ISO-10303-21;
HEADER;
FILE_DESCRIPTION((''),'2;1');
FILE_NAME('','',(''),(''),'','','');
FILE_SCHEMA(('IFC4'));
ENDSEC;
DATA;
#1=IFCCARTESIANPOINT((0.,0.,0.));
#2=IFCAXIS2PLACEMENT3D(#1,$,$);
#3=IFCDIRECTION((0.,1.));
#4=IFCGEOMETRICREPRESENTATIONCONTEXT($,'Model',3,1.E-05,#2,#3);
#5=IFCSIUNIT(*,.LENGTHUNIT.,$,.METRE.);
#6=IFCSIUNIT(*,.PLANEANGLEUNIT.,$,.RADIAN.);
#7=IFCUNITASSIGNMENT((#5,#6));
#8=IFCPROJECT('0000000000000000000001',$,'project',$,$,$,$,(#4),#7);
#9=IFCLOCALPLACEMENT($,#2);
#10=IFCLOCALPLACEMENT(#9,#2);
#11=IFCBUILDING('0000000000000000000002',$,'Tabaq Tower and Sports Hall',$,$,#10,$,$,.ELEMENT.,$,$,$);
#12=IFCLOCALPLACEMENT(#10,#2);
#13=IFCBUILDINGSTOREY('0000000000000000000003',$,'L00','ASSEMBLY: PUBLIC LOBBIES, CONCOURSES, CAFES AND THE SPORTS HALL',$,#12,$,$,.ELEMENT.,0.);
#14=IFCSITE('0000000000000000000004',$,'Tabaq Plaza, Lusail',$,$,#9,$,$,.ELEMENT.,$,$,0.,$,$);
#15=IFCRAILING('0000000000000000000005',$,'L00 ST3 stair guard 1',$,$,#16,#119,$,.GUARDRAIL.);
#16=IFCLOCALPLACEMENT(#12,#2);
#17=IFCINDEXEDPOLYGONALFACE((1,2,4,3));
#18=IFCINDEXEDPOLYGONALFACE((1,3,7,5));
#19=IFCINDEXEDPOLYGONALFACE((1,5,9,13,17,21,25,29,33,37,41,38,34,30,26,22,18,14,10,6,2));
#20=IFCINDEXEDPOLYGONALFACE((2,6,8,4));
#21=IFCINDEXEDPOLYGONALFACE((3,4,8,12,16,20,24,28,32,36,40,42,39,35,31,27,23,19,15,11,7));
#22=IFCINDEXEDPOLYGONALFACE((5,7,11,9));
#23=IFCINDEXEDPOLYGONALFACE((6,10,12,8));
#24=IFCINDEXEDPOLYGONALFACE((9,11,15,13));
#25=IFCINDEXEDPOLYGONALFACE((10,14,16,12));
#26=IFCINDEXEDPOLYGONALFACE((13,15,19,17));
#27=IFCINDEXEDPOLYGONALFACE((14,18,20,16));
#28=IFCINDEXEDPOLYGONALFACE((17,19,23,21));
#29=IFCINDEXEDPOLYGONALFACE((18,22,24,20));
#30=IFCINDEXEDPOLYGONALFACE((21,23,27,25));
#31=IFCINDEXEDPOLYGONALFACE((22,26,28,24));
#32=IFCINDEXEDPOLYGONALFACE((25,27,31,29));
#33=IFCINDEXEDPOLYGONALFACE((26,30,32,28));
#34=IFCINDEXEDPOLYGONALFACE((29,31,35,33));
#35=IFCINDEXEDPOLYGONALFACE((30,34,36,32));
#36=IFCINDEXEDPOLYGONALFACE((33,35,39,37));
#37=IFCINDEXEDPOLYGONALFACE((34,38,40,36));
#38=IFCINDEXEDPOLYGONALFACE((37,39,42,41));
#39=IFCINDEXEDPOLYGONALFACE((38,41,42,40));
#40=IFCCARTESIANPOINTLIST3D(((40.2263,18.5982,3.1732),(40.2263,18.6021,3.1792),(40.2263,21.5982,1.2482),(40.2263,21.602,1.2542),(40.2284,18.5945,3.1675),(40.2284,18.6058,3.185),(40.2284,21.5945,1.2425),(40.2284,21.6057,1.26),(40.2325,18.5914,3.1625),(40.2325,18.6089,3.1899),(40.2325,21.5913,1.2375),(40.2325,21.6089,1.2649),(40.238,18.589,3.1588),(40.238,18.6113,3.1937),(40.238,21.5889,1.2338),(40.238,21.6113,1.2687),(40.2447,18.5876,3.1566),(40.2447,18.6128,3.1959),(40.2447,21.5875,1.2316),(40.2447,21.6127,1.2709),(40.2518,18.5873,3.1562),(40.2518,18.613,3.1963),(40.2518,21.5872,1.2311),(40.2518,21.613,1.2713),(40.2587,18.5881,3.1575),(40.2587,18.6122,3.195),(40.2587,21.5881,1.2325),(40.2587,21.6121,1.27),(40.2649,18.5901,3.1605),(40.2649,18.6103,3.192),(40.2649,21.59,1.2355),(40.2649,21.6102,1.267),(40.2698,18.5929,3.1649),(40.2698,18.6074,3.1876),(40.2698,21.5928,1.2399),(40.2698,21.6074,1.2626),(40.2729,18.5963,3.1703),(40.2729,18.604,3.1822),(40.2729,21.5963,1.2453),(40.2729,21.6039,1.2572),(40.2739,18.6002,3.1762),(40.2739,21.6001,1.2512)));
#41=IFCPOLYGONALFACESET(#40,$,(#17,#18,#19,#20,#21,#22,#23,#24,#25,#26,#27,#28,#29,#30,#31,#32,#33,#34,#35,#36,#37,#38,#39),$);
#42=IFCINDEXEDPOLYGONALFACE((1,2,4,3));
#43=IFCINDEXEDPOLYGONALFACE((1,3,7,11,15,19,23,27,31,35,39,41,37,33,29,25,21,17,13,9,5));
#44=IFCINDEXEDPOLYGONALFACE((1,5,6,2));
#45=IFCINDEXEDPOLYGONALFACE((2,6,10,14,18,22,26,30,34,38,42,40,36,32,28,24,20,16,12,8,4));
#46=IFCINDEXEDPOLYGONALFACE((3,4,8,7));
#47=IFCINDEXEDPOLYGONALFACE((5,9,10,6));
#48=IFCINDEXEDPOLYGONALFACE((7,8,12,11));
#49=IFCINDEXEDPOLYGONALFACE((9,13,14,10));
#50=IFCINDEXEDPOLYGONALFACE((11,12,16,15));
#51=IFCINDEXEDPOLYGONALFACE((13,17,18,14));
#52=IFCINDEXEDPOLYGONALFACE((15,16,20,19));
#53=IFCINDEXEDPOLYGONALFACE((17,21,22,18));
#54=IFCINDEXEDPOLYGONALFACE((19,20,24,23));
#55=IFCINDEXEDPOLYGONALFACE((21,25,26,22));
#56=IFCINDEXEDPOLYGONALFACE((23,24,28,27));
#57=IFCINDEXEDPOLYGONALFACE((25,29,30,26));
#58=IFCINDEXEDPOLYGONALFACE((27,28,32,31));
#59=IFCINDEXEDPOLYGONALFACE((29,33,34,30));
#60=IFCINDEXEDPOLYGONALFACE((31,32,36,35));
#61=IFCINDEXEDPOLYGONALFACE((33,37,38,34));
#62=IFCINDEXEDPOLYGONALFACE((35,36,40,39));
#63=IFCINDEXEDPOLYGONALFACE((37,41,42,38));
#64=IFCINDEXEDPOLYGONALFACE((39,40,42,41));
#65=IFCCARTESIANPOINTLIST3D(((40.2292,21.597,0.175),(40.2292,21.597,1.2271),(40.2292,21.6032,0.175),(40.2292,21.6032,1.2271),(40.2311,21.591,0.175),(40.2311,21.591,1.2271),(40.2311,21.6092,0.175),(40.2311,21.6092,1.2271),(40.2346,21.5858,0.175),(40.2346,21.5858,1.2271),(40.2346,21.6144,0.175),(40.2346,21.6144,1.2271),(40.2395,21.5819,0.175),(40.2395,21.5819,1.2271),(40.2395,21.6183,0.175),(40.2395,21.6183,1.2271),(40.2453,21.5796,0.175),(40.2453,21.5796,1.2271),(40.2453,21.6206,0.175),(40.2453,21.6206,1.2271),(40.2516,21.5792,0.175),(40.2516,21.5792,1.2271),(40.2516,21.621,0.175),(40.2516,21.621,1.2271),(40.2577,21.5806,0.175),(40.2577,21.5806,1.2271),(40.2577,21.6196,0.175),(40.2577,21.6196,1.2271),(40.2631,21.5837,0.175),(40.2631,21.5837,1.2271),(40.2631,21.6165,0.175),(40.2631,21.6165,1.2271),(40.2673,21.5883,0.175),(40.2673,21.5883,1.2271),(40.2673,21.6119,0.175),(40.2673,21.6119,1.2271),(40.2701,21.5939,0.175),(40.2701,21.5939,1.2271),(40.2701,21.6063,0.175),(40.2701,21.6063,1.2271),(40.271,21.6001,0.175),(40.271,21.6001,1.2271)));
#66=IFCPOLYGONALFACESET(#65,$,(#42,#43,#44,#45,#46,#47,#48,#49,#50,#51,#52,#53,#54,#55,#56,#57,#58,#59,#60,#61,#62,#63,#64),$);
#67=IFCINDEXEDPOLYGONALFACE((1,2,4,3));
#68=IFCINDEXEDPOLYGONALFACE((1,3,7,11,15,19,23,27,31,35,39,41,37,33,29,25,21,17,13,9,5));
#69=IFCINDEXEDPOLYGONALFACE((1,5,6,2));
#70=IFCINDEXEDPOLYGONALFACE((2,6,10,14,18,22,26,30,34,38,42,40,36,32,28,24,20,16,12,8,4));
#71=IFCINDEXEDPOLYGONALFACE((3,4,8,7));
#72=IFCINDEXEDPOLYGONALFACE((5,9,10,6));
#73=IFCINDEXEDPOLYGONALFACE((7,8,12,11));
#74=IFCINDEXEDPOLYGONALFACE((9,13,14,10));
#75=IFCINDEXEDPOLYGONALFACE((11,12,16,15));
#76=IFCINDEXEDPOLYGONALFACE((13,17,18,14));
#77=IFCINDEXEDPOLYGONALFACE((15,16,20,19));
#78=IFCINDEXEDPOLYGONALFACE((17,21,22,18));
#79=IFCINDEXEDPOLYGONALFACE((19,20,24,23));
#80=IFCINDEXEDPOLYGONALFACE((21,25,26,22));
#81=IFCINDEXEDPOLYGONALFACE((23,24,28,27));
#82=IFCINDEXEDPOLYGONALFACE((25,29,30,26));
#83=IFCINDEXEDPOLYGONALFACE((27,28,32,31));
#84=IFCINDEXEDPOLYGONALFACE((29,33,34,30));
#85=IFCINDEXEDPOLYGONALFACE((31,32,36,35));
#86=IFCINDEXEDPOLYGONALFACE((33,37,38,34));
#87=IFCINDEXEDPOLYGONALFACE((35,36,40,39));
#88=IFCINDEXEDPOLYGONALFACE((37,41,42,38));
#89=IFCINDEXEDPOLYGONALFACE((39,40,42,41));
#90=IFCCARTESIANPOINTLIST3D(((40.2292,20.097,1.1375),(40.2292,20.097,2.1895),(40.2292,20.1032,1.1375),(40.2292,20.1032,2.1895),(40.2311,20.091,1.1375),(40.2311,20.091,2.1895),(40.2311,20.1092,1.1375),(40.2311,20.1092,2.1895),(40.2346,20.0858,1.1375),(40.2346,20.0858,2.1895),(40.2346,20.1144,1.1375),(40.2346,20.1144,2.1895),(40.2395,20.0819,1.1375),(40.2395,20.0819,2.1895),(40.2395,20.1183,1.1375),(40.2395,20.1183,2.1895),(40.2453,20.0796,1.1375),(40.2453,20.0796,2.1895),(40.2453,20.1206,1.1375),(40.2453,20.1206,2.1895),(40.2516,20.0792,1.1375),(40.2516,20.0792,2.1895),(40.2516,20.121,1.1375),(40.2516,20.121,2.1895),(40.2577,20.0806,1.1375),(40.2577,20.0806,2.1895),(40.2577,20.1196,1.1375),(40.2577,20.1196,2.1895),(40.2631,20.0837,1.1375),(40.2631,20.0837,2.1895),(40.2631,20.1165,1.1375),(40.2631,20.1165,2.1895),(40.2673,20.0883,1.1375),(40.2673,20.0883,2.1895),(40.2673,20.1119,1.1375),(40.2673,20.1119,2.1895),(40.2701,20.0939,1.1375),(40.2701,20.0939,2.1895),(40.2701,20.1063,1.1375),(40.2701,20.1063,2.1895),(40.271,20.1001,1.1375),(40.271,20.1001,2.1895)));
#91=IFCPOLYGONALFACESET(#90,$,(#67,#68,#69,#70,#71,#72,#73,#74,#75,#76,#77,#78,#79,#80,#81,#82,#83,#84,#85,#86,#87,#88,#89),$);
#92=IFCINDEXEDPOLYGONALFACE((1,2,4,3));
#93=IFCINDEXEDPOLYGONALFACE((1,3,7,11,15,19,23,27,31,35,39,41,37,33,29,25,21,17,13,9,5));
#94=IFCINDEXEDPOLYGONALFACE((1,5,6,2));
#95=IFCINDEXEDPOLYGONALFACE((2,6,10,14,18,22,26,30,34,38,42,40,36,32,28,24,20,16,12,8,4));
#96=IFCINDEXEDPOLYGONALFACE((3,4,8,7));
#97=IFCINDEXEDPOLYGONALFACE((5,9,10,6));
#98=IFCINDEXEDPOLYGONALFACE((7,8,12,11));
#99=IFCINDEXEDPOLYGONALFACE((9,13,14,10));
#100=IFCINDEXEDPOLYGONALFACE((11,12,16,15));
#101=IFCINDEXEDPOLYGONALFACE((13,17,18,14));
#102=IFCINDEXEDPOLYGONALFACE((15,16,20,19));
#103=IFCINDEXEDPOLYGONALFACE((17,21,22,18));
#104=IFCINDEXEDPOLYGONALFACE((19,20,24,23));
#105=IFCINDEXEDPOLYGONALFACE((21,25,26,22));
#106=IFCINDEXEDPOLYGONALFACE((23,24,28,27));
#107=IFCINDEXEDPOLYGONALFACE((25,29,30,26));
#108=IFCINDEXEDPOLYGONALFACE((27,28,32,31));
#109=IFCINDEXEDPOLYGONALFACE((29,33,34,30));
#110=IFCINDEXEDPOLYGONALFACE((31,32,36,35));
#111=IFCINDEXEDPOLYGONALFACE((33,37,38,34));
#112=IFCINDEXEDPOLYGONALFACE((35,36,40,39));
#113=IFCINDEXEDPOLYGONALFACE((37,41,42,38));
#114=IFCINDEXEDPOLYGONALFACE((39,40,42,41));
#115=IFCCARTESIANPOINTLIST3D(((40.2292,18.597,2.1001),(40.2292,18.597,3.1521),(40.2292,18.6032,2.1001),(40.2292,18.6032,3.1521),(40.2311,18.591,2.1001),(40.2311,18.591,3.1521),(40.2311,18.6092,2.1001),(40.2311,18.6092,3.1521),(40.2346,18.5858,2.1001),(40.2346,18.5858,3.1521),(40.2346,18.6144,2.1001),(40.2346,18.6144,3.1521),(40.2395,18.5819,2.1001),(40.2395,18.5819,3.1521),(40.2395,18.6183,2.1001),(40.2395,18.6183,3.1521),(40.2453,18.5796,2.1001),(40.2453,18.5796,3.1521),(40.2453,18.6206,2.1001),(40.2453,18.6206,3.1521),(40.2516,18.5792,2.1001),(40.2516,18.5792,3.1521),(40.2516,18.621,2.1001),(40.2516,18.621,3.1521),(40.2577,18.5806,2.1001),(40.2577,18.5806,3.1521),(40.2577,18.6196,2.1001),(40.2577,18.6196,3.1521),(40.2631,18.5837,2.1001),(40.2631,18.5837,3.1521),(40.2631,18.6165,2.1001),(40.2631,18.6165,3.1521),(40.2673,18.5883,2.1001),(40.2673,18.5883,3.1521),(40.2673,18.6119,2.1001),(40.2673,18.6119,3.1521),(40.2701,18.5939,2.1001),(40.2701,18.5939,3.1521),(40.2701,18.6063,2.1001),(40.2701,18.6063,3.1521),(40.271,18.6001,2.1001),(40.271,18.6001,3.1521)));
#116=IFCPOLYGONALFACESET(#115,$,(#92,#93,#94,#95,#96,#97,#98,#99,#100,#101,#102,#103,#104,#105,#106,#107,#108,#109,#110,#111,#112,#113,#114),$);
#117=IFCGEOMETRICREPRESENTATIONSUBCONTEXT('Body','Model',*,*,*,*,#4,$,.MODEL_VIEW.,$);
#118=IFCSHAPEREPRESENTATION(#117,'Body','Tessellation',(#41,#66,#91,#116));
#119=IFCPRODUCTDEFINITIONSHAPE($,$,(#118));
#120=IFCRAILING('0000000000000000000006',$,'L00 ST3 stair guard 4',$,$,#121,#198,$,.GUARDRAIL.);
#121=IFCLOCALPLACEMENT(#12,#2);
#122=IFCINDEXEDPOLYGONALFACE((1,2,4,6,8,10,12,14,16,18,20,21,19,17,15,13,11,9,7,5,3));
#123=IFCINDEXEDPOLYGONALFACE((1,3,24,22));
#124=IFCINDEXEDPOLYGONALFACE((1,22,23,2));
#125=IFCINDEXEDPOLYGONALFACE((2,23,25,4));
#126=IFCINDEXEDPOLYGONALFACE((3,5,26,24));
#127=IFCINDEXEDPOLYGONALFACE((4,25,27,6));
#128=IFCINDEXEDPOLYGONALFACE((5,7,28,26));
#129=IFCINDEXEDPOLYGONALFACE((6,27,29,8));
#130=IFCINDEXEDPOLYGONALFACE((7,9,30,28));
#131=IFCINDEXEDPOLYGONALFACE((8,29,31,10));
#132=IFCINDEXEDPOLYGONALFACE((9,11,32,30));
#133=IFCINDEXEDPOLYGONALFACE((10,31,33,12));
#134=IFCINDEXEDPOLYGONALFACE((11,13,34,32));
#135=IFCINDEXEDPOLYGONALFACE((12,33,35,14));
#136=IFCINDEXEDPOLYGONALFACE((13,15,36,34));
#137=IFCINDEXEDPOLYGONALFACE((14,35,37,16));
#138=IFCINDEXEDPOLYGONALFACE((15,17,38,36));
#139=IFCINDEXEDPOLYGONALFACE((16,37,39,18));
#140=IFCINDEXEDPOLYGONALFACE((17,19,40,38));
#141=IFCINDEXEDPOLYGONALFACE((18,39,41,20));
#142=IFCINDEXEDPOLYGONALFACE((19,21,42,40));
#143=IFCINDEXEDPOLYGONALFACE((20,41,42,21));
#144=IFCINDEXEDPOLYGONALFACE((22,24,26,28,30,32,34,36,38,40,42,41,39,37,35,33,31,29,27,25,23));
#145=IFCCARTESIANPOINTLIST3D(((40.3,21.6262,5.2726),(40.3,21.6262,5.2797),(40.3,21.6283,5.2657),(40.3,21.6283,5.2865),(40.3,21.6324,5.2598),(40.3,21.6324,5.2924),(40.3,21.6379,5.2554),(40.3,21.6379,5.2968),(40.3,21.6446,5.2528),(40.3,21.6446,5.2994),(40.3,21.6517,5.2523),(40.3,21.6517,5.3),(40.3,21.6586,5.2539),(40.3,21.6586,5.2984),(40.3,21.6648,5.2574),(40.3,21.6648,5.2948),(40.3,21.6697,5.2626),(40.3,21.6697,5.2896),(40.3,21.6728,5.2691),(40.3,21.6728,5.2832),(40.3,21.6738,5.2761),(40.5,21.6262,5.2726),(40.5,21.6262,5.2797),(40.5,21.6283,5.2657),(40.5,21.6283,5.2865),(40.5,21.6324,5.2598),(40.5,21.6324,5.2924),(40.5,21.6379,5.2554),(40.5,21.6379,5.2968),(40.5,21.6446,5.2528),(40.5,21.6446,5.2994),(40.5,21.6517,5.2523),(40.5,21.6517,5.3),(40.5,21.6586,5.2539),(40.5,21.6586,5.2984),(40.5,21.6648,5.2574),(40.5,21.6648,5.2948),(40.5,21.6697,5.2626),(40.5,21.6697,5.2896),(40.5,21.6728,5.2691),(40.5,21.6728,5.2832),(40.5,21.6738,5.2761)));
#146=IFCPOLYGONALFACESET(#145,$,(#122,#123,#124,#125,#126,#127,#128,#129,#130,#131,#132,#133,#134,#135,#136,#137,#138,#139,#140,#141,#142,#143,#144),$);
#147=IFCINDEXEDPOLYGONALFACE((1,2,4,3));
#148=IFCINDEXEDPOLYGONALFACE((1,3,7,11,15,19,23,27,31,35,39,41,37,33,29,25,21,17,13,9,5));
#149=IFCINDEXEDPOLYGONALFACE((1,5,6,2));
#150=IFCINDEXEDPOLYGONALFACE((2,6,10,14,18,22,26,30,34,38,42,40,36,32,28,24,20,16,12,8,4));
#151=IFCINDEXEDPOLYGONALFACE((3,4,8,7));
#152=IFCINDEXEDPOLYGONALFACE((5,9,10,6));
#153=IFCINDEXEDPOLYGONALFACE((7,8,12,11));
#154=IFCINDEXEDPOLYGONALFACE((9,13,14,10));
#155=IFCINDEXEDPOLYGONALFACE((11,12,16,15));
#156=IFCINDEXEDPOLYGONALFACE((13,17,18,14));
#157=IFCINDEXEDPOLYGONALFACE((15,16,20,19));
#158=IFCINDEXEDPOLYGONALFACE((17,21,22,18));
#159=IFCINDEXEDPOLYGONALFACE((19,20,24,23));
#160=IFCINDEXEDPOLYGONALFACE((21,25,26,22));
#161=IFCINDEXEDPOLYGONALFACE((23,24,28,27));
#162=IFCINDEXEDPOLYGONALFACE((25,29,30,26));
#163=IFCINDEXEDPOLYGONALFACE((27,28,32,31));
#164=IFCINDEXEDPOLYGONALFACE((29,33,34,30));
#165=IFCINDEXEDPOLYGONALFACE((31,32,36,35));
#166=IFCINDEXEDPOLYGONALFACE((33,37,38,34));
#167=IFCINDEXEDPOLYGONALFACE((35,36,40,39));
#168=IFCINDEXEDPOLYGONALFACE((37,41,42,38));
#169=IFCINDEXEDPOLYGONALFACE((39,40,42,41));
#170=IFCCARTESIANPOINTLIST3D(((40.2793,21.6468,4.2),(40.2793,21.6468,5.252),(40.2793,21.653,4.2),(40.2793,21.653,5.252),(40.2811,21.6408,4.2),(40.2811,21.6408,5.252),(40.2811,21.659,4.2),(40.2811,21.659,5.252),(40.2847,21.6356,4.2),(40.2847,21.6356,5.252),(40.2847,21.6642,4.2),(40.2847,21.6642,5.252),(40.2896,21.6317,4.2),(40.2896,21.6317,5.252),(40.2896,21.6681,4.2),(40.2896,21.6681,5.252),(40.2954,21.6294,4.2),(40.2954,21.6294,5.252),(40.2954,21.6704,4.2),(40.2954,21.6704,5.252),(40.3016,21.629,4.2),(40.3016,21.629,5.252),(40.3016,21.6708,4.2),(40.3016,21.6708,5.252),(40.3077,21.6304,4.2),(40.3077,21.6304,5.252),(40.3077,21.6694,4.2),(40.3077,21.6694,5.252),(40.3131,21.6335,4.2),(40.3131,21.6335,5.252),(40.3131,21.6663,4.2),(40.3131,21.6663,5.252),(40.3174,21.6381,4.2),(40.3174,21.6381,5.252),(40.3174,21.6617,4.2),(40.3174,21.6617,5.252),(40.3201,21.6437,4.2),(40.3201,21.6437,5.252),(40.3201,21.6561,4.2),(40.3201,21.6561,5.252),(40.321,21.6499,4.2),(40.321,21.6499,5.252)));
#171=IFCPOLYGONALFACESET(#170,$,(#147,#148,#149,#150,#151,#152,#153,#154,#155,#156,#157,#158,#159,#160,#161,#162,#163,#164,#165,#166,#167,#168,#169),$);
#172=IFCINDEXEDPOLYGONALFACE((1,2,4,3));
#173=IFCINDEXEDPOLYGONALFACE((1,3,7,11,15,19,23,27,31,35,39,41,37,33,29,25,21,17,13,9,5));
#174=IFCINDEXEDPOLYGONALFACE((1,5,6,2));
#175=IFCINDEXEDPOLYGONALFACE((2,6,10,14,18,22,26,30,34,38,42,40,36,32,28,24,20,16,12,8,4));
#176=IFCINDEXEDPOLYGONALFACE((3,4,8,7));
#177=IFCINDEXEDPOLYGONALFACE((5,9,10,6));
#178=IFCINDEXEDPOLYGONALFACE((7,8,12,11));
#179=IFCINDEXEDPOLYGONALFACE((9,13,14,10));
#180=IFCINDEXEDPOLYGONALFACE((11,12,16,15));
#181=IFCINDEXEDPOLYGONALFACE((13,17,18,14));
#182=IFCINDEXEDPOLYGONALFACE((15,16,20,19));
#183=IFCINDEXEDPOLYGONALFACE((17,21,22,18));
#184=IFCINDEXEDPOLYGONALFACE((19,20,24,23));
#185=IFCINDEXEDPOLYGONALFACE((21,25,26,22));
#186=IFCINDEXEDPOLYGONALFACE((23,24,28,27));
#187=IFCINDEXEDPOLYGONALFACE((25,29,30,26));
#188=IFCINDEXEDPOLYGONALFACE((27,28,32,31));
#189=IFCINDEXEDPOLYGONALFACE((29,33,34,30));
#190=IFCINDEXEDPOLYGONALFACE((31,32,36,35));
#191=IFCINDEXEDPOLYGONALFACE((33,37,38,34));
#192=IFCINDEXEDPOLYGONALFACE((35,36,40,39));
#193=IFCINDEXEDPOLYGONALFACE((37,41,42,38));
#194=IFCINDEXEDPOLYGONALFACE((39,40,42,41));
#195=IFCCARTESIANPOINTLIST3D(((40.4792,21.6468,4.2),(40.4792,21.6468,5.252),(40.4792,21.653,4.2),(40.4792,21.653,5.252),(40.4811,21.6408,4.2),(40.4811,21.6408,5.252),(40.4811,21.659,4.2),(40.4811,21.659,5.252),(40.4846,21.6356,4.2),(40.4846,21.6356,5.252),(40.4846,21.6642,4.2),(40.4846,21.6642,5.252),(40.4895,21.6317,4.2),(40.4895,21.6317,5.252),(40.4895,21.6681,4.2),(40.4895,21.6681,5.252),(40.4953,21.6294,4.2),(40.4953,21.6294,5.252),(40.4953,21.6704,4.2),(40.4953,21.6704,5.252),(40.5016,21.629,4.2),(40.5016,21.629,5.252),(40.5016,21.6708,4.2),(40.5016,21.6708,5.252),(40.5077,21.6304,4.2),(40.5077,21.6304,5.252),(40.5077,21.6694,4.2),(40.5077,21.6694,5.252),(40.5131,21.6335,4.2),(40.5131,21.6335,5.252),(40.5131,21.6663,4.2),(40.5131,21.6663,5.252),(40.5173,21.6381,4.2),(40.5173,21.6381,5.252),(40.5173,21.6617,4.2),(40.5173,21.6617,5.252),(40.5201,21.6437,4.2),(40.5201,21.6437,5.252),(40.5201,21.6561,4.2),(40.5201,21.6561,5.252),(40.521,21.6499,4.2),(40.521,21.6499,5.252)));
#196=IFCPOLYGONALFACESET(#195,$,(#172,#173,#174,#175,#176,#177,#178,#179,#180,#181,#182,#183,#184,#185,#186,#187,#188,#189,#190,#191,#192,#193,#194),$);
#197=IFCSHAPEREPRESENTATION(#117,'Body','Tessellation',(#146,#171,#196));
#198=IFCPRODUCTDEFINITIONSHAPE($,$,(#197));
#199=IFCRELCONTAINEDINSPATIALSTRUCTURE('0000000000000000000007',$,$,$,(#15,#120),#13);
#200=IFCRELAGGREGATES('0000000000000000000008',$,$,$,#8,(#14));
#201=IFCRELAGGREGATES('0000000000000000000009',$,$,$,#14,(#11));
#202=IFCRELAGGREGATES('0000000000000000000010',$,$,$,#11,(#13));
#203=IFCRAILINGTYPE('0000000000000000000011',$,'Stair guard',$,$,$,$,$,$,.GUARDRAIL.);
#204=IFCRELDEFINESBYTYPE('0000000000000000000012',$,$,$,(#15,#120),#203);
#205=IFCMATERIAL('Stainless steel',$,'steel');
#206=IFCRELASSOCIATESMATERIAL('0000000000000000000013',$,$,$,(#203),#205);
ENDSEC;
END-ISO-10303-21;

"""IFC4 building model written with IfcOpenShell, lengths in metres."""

from ifc_helpers import new_model, si_unit, direction, frame, origin, origin_2d, place, context, subcontext, project, spatial, circle, extrude, material, type_object, element, save


model = new_model("IFC4")

# Units and contexts
model_context = context("Model", 3, precision=1e-05, world=origin(), true_north=direction((0.0, 1.0)))
body_context = subcontext(model_context, "Body", "Model", "MODEL_VIEW")
ifc_project = project(units=[si_unit("LENGTHUNIT", "METRE"), si_unit("PLANEANGLEUNIT", "RADIAN")], contexts=[model_context])

# Site, building, storey
site_placement = place(None, origin())
site = spatial("IfcSite", under=ifc_project, at=site_placement, Name="Tabaq Plaza, Lusail", CompositionType="ELEMENT", RefElevation=0.0)
building_placement = place(site_placement, origin())
building = spatial("IfcBuilding", under=site, at=building_placement, Name="Tabaq Tower and Sports Hall", CompositionType="ELEMENT")
storey_placement = place(building_placement, origin())
storey = spatial("IfcBuildingStorey", under=building, at=storey_placement, Name="L00", Description="ASSEMBLY: PUBLIC LOBBIES, CONCOURSES, CAFES AND THE SPORTS HALL", CompositionType="ELEMENT", Elevation=0.0)

# Railings
ifc_material_1 = material(Name="Stainless steel", Category="steel")
railing_type_1 = type_object("IfcRailingType", Name="Stair guard", PredefinedType="GUARDRAIL", material=ifc_material_1)
railing_1_placement = place(storey_placement, frame((40.25, 21.6001, 0.175)))
element("IfcRailing", 1, at=railing_1_placement, inside=storey, type_object=railing_type_1, Name="L00 ST3 stair guard 1", PredefinedType="GUARDRAIL", context=body_context, shape_type="SweptSolid", body=[
    extrude(circle(Radius=0.0239, at=origin_2d()), frame((0.0, 0.0, 1.0762), z_axis=(0.0, -0.841628, 0.540058), x_axis=(1.0, 0.0, 0.0)), (0.0, 0.0, 1.0), 3.5645),
    extrude(circle(Radius=0.021, at=origin_2d()), origin(), (0.0, 0.0, 1.0), 1.052),
    extrude(circle(Radius=0.021, at=origin_2d()), frame((0.0, -1.5, 0.9624)), (0.0, 0.0, 1.0), 1.052),
    extrude(circle(Radius=0.021, at=origin_2d()), frame((0.0, -3.0, 1.925)), (0.0, 0.0, 1.0), 1.052),
])
railing_2_placement = place(storey_placement, frame((40.3, 21.6499, 4.2)))
element("IfcRailing", 2, at=railing_2_placement, inside=storey, type_object=railing_type_1, Name="L00 ST3 stair guard 4", PredefinedType="GUARDRAIL", context=body_context, shape_type="SweptSolid", body=[
    extrude(circle(Radius=0.0239, at=origin_2d()), frame((0.0, 0.0, 1.0762), z_axis=(1.0, 0.0, 0.0), x_axis=(0.0, 1.0, 0.0)), (0.0, 0.0, 1.0), 0.2),
    extrude(circle(Radius=0.021, at=origin_2d()), origin(), (0.0, 0.0, 1.0), 1.052),
    extrude(circle(Radius=0.021, at=origin_2d()), frame((0.2, 0.0, 0.0)), (0.0, 0.0, 1.0), 1.052),
])

save(model, "model.ifc")
